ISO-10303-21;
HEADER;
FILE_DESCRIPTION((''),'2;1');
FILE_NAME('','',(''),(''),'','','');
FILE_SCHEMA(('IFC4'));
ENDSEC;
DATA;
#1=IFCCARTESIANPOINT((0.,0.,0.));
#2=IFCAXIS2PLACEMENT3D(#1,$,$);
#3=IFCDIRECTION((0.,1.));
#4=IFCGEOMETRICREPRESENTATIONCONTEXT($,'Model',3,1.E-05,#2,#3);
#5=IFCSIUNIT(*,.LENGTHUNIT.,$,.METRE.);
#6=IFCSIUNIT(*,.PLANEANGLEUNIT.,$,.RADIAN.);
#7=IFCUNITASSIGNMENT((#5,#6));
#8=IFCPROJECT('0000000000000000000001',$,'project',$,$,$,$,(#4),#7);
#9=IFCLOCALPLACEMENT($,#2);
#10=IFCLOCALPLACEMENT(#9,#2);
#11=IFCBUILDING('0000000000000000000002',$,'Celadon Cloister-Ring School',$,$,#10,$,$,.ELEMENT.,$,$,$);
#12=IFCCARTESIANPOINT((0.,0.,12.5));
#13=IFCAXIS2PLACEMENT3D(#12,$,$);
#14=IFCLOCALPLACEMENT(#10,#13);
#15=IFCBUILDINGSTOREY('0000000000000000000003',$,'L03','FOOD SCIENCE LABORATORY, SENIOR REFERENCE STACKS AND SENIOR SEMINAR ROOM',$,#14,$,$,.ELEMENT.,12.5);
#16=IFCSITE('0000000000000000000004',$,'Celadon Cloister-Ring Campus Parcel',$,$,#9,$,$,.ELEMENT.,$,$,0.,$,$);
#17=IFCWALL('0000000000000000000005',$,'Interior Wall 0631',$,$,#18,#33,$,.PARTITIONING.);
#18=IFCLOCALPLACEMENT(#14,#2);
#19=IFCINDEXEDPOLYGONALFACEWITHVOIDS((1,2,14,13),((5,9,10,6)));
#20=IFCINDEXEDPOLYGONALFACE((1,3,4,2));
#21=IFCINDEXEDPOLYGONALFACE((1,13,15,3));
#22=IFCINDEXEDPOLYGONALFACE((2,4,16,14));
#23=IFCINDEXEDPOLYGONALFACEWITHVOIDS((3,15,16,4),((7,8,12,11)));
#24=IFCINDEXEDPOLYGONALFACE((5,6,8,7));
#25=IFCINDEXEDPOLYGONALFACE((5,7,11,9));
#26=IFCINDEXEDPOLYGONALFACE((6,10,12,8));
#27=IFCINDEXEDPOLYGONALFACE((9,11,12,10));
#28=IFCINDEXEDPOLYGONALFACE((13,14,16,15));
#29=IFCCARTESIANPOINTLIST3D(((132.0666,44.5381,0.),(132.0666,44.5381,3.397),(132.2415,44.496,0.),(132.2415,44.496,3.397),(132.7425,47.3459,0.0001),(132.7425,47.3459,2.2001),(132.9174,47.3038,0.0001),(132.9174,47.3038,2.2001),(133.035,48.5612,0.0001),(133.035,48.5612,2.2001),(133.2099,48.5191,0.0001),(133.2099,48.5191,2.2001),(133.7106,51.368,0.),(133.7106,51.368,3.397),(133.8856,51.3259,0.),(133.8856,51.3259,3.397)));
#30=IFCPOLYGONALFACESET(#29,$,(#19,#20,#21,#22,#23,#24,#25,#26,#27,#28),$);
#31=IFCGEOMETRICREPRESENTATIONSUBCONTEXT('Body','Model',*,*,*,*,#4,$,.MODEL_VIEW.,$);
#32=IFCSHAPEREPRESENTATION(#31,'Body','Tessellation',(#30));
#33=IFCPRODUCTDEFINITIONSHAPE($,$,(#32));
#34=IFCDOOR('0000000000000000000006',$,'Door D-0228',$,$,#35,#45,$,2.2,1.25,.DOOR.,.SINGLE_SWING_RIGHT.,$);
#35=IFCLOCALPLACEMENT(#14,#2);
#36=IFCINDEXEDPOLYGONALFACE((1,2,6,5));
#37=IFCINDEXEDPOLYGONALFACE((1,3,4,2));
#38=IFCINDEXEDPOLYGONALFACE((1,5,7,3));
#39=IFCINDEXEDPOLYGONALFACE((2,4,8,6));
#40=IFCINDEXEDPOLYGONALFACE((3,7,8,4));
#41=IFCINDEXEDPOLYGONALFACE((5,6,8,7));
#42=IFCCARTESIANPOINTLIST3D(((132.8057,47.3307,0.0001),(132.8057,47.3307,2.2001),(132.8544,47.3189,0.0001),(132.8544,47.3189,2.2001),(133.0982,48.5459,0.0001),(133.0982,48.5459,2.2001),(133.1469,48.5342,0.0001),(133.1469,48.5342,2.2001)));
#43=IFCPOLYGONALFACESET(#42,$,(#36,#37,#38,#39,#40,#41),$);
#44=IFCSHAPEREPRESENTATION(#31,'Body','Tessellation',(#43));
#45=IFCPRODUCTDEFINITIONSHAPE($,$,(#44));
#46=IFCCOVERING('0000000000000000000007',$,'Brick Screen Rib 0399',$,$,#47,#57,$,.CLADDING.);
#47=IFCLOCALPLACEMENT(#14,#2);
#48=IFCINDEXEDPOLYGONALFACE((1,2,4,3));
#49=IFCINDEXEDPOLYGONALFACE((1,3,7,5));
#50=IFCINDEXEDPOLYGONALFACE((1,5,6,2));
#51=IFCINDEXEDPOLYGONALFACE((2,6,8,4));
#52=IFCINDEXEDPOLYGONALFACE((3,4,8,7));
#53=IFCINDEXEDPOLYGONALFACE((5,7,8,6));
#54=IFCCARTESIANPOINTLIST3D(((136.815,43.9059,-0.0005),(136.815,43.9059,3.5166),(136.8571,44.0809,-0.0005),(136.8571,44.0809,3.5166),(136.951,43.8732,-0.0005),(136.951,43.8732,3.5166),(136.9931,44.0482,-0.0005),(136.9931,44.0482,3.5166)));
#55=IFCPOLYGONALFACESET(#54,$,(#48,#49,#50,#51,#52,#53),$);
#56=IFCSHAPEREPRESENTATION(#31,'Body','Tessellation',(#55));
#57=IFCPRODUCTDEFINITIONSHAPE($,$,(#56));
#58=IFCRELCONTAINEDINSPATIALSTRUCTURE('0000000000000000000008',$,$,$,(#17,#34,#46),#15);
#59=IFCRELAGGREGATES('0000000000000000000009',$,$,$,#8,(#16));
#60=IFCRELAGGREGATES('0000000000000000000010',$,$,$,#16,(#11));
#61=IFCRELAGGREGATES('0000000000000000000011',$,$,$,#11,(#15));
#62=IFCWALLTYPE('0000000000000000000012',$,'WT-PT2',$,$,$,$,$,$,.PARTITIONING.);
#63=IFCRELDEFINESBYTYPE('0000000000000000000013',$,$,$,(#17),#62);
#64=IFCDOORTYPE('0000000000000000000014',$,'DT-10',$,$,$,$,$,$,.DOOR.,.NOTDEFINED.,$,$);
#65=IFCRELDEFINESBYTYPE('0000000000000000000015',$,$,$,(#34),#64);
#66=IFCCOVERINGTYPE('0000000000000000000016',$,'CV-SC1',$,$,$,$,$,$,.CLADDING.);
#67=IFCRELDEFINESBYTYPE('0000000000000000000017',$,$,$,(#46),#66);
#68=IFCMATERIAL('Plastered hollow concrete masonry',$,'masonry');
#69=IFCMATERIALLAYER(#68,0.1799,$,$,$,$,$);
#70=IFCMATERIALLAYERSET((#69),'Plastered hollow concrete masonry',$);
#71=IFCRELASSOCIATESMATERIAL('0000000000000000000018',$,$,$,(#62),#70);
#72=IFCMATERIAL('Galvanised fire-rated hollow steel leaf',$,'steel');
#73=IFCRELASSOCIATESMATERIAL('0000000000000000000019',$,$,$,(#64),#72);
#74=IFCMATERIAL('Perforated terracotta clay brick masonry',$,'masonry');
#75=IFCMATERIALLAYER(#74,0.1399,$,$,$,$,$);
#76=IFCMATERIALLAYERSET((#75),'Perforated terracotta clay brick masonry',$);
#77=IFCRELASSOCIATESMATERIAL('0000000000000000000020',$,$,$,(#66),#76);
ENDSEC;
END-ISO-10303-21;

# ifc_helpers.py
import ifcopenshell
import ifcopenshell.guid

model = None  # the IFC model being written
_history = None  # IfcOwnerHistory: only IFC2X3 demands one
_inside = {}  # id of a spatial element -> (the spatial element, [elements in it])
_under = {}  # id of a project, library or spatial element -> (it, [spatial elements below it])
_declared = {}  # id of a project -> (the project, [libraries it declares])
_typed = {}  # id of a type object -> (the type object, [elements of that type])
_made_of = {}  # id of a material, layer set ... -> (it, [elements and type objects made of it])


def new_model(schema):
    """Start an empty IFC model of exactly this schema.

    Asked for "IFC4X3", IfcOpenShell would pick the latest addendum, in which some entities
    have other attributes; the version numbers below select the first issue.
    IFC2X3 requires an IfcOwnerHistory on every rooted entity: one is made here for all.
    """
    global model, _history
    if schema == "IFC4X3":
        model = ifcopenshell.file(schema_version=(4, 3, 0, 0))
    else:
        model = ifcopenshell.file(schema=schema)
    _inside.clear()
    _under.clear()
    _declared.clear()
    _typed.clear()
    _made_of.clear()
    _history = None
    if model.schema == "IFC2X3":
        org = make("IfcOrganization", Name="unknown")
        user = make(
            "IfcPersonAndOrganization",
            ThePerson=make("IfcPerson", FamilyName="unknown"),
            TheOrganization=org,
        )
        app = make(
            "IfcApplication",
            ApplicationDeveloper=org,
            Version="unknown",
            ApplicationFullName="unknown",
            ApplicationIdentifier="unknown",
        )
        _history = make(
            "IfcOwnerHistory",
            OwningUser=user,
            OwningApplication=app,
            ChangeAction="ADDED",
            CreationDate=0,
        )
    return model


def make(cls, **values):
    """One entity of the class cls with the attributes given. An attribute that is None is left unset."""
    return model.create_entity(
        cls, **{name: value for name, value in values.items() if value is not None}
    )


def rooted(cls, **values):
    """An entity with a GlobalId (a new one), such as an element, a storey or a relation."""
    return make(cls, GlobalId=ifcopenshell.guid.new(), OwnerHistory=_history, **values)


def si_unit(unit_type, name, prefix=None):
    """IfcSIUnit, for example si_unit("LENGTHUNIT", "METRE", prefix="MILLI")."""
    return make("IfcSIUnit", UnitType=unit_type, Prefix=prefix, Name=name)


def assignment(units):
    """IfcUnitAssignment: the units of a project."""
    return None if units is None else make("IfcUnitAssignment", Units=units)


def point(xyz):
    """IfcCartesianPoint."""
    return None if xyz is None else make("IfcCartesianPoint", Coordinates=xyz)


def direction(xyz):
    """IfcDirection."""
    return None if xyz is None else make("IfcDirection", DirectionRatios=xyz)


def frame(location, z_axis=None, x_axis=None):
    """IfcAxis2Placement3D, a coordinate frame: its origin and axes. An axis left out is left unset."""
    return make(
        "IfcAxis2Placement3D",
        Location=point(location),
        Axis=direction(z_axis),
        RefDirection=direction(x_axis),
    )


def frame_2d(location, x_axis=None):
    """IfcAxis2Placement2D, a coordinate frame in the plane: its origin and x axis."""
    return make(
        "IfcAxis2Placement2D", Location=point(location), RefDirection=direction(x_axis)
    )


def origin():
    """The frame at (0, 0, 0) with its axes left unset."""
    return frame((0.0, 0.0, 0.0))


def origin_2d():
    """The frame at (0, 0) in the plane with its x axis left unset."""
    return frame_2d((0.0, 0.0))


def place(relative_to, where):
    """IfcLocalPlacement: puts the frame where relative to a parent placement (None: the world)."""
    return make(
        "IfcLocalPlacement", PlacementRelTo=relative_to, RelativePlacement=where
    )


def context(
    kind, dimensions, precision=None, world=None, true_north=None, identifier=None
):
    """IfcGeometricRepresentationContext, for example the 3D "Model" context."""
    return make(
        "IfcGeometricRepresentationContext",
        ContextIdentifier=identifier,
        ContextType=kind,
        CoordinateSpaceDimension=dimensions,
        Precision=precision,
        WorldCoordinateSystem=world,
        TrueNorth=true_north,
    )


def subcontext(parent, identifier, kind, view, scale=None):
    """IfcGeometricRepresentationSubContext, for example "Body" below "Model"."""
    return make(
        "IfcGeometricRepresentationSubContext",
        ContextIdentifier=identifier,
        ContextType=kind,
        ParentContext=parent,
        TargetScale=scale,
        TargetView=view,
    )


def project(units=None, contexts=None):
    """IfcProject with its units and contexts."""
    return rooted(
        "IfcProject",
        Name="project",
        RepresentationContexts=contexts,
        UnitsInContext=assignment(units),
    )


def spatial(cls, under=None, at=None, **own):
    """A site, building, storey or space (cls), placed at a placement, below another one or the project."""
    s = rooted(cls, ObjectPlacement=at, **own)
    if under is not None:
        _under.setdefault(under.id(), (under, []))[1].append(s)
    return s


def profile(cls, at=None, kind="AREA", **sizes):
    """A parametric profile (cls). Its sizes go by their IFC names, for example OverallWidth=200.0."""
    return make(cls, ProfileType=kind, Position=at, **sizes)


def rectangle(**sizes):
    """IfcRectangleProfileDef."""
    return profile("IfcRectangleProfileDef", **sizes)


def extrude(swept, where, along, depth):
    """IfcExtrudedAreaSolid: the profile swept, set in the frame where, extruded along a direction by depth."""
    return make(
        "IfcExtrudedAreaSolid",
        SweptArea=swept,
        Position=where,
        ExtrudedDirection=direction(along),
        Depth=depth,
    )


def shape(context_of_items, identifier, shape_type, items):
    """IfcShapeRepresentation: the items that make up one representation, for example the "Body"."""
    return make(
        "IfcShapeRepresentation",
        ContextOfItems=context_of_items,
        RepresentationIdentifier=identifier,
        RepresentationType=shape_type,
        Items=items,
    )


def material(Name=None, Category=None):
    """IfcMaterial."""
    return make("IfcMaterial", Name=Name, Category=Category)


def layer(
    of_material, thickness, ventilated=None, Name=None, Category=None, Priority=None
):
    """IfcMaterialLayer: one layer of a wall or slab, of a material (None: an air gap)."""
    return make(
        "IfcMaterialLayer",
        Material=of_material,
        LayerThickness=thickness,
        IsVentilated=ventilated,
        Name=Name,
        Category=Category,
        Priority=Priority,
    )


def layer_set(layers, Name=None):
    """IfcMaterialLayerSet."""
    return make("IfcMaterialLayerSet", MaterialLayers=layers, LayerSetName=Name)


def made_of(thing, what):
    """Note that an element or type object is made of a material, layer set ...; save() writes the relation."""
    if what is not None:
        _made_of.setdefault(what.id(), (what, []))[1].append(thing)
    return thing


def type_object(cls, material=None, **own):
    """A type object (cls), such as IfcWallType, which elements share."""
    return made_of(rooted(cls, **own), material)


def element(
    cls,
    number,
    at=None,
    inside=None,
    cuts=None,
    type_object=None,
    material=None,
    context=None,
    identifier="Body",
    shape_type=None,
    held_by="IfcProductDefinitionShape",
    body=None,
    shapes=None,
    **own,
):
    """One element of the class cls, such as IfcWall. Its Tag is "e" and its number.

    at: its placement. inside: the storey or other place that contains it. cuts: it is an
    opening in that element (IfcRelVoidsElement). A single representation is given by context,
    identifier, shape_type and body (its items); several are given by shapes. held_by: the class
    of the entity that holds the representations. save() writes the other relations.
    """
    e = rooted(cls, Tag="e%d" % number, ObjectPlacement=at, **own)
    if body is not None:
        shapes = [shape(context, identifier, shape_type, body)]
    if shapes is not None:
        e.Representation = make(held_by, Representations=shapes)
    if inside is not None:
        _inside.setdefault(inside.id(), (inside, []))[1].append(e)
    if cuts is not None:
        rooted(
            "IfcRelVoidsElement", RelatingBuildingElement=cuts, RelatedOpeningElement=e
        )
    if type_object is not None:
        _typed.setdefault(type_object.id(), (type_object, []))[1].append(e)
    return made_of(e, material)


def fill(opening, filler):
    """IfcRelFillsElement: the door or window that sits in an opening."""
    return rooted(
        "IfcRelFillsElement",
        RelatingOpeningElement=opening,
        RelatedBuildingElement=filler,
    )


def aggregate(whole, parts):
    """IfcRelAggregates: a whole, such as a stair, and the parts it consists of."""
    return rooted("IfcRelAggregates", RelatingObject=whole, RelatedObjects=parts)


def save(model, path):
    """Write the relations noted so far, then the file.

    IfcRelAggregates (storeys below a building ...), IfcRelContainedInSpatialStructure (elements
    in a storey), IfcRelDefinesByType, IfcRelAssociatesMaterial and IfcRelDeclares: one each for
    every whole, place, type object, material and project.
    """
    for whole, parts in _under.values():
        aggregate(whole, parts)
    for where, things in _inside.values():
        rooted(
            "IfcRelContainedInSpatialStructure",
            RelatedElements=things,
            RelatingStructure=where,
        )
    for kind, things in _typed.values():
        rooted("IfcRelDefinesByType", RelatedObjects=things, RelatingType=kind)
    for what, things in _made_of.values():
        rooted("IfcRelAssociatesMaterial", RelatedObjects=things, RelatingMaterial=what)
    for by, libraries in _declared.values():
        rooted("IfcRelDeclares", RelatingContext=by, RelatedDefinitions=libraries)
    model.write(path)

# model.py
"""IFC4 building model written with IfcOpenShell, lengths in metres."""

from ifc_helpers import new_model, si_unit, direction, frame, frame_2d, origin, origin_2d, place, context, subcontext, project, spatial, rectangle, extrude, material, layer, layer_set, type_object, element, fill, save


model = new_model("IFC4")

# Units and contexts
model_context = context("Model", 3, precision=1e-05, world=origin(), true_north=direction((0.0, 1.0)))
body_context = subcontext(model_context, "Body", "Model", "MODEL_VIEW")
ifc_project = project(units=[si_unit("LENGTHUNIT", "METRE"), si_unit("PLANEANGLEUNIT", "RADIAN")], contexts=[model_context])

# Site, building, storey
site_placement = place(None, origin())
site = spatial("IfcSite", under=ifc_project, at=site_placement, Name="Celadon Cloister-Ring Campus Parcel", CompositionType="ELEMENT", RefElevation=0.0)
building_placement = place(site_placement, origin())
building = spatial("IfcBuilding", under=site, at=building_placement, Name="Celadon Cloister-Ring School", CompositionType="ELEMENT")
storey_placement = place(building_placement, frame((0.0, 0.0, 12.5)))
storey = spatial("IfcBuildingStorey", under=building, at=storey_placement, Name="L03", Description="FOOD SCIENCE LABORATORY, SENIOR REFERENCE STACKS AND SENIOR SEMINAR ROOM", CompositionType="ELEMENT", Elevation=12.5)

# Wall, opening, door
ifc_material_1 = material(Name="Plastered hollow concrete masonry", Category="masonry")
ifc_layer_1 = layer(ifc_material_1, 0.1799)
ifc_layer_set_1 = layer_set([ifc_layer_1], Name="Plastered hollow concrete masonry")
wall_type = type_object("IfcWallType", Name="WT-PT2", PredefinedType="PARTITIONING", material=ifc_layer_set_1)
wall_placement = place(storey_placement, frame((132.1541, 44.5171, 0.0), z_axis=(0.0, 0.0, 1.0), x_axis=(0.23403, 0.972229, 0.0)))
wall = element("IfcWall", 1, at=wall_placement, inside=storey, type_object=wall_type, Name="Interior Wall 0631", PredefinedType="PARTITIONING", context=body_context, shape_type="SweptSolid", body=[
    extrude(rectangle(XDim=7.0249, YDim=0.1799, at=frame_2d((3.5125, 0.0))), origin(), (0.0, 0.0, 1.0), 3.397),
])
opening_placement = place(wall_placement, frame((2.8879, 0.0, 0.0)))
opening = element("IfcOpeningElement", 2, at=opening_placement, cuts=wall, PredefinedType="OPENING", context=body_context, shape_type="SweptSolid", body=[
    extrude(rectangle(XDim=1.25, YDim=2.2, at=frame_2d((0.625, 1.1001))), frame((0.0, 0.1001, 0.0), z_axis=(0.0, -1.0, 0.0), x_axis=(1.0, 0.0, 0.0)), (0.0, 0.0, 1.0), 0.2),
])
ifc_material_2 = material(Name="Galvanised fire-rated hollow steel leaf", Category="steel")
door_type = type_object("IfcDoorType", Name="DT-10", OperationType="NOTDEFINED", PredefinedType="DOOR", material=ifc_material_2)
door_placement = place(opening_placement, origin())
door = element("IfcDoor", 3, at=door_placement, inside=storey, type_object=door_type, Name="Door D-0228", OperationType="SINGLE_SWING_RIGHT", OverallHeight=2.2, OverallWidth=1.25, PredefinedType="DOOR", context=body_context, shape_type="SweptSolid", body=[
    extrude(rectangle(XDim=1.25, YDim=2.2, at=frame_2d((0.625, 1.1001))), frame((0.0, 0.0249, 0.0), z_axis=(0.0, -1.0, 0.0), x_axis=(1.0, 0.0, 0.0)), (0.0, 0.0, 1.0), 0.05),
])
fill(opening, door)

# Covering
ifc_material_3 = material(Name="Perforated terracotta clay brick masonry", Category="masonry")
ifc_layer_2 = layer(ifc_material_3, 0.1399)
ifc_layer_set_2 = layer_set([ifc_layer_2], Name="Perforated terracotta clay brick masonry")
covering_type = type_object("IfcCoveringType", Name="CV-SC1", PredefinedType="CLADDING", material=ifc_layer_set_2)
covering_placement = place(storey_placement, frame((136.9041, 43.9771, -0.0005), z_axis=(0.0, 0.0, 1.0), x_axis=(-0.233988, -0.972239, 0.0)))
element("IfcCovering", 4, at=covering_placement, inside=storey, type_object=covering_type, Name="Brick Screen Rib 0399", PredefinedType="CLADDING", context=body_context, shape_type="SweptSolid", body=[
    extrude(rectangle(XDim=0.1799, YDim=0.1399, at=origin_2d()), origin(), (0.0, 0.0, 1.0), 3.5171),
])

save(model, "model.ifc")
